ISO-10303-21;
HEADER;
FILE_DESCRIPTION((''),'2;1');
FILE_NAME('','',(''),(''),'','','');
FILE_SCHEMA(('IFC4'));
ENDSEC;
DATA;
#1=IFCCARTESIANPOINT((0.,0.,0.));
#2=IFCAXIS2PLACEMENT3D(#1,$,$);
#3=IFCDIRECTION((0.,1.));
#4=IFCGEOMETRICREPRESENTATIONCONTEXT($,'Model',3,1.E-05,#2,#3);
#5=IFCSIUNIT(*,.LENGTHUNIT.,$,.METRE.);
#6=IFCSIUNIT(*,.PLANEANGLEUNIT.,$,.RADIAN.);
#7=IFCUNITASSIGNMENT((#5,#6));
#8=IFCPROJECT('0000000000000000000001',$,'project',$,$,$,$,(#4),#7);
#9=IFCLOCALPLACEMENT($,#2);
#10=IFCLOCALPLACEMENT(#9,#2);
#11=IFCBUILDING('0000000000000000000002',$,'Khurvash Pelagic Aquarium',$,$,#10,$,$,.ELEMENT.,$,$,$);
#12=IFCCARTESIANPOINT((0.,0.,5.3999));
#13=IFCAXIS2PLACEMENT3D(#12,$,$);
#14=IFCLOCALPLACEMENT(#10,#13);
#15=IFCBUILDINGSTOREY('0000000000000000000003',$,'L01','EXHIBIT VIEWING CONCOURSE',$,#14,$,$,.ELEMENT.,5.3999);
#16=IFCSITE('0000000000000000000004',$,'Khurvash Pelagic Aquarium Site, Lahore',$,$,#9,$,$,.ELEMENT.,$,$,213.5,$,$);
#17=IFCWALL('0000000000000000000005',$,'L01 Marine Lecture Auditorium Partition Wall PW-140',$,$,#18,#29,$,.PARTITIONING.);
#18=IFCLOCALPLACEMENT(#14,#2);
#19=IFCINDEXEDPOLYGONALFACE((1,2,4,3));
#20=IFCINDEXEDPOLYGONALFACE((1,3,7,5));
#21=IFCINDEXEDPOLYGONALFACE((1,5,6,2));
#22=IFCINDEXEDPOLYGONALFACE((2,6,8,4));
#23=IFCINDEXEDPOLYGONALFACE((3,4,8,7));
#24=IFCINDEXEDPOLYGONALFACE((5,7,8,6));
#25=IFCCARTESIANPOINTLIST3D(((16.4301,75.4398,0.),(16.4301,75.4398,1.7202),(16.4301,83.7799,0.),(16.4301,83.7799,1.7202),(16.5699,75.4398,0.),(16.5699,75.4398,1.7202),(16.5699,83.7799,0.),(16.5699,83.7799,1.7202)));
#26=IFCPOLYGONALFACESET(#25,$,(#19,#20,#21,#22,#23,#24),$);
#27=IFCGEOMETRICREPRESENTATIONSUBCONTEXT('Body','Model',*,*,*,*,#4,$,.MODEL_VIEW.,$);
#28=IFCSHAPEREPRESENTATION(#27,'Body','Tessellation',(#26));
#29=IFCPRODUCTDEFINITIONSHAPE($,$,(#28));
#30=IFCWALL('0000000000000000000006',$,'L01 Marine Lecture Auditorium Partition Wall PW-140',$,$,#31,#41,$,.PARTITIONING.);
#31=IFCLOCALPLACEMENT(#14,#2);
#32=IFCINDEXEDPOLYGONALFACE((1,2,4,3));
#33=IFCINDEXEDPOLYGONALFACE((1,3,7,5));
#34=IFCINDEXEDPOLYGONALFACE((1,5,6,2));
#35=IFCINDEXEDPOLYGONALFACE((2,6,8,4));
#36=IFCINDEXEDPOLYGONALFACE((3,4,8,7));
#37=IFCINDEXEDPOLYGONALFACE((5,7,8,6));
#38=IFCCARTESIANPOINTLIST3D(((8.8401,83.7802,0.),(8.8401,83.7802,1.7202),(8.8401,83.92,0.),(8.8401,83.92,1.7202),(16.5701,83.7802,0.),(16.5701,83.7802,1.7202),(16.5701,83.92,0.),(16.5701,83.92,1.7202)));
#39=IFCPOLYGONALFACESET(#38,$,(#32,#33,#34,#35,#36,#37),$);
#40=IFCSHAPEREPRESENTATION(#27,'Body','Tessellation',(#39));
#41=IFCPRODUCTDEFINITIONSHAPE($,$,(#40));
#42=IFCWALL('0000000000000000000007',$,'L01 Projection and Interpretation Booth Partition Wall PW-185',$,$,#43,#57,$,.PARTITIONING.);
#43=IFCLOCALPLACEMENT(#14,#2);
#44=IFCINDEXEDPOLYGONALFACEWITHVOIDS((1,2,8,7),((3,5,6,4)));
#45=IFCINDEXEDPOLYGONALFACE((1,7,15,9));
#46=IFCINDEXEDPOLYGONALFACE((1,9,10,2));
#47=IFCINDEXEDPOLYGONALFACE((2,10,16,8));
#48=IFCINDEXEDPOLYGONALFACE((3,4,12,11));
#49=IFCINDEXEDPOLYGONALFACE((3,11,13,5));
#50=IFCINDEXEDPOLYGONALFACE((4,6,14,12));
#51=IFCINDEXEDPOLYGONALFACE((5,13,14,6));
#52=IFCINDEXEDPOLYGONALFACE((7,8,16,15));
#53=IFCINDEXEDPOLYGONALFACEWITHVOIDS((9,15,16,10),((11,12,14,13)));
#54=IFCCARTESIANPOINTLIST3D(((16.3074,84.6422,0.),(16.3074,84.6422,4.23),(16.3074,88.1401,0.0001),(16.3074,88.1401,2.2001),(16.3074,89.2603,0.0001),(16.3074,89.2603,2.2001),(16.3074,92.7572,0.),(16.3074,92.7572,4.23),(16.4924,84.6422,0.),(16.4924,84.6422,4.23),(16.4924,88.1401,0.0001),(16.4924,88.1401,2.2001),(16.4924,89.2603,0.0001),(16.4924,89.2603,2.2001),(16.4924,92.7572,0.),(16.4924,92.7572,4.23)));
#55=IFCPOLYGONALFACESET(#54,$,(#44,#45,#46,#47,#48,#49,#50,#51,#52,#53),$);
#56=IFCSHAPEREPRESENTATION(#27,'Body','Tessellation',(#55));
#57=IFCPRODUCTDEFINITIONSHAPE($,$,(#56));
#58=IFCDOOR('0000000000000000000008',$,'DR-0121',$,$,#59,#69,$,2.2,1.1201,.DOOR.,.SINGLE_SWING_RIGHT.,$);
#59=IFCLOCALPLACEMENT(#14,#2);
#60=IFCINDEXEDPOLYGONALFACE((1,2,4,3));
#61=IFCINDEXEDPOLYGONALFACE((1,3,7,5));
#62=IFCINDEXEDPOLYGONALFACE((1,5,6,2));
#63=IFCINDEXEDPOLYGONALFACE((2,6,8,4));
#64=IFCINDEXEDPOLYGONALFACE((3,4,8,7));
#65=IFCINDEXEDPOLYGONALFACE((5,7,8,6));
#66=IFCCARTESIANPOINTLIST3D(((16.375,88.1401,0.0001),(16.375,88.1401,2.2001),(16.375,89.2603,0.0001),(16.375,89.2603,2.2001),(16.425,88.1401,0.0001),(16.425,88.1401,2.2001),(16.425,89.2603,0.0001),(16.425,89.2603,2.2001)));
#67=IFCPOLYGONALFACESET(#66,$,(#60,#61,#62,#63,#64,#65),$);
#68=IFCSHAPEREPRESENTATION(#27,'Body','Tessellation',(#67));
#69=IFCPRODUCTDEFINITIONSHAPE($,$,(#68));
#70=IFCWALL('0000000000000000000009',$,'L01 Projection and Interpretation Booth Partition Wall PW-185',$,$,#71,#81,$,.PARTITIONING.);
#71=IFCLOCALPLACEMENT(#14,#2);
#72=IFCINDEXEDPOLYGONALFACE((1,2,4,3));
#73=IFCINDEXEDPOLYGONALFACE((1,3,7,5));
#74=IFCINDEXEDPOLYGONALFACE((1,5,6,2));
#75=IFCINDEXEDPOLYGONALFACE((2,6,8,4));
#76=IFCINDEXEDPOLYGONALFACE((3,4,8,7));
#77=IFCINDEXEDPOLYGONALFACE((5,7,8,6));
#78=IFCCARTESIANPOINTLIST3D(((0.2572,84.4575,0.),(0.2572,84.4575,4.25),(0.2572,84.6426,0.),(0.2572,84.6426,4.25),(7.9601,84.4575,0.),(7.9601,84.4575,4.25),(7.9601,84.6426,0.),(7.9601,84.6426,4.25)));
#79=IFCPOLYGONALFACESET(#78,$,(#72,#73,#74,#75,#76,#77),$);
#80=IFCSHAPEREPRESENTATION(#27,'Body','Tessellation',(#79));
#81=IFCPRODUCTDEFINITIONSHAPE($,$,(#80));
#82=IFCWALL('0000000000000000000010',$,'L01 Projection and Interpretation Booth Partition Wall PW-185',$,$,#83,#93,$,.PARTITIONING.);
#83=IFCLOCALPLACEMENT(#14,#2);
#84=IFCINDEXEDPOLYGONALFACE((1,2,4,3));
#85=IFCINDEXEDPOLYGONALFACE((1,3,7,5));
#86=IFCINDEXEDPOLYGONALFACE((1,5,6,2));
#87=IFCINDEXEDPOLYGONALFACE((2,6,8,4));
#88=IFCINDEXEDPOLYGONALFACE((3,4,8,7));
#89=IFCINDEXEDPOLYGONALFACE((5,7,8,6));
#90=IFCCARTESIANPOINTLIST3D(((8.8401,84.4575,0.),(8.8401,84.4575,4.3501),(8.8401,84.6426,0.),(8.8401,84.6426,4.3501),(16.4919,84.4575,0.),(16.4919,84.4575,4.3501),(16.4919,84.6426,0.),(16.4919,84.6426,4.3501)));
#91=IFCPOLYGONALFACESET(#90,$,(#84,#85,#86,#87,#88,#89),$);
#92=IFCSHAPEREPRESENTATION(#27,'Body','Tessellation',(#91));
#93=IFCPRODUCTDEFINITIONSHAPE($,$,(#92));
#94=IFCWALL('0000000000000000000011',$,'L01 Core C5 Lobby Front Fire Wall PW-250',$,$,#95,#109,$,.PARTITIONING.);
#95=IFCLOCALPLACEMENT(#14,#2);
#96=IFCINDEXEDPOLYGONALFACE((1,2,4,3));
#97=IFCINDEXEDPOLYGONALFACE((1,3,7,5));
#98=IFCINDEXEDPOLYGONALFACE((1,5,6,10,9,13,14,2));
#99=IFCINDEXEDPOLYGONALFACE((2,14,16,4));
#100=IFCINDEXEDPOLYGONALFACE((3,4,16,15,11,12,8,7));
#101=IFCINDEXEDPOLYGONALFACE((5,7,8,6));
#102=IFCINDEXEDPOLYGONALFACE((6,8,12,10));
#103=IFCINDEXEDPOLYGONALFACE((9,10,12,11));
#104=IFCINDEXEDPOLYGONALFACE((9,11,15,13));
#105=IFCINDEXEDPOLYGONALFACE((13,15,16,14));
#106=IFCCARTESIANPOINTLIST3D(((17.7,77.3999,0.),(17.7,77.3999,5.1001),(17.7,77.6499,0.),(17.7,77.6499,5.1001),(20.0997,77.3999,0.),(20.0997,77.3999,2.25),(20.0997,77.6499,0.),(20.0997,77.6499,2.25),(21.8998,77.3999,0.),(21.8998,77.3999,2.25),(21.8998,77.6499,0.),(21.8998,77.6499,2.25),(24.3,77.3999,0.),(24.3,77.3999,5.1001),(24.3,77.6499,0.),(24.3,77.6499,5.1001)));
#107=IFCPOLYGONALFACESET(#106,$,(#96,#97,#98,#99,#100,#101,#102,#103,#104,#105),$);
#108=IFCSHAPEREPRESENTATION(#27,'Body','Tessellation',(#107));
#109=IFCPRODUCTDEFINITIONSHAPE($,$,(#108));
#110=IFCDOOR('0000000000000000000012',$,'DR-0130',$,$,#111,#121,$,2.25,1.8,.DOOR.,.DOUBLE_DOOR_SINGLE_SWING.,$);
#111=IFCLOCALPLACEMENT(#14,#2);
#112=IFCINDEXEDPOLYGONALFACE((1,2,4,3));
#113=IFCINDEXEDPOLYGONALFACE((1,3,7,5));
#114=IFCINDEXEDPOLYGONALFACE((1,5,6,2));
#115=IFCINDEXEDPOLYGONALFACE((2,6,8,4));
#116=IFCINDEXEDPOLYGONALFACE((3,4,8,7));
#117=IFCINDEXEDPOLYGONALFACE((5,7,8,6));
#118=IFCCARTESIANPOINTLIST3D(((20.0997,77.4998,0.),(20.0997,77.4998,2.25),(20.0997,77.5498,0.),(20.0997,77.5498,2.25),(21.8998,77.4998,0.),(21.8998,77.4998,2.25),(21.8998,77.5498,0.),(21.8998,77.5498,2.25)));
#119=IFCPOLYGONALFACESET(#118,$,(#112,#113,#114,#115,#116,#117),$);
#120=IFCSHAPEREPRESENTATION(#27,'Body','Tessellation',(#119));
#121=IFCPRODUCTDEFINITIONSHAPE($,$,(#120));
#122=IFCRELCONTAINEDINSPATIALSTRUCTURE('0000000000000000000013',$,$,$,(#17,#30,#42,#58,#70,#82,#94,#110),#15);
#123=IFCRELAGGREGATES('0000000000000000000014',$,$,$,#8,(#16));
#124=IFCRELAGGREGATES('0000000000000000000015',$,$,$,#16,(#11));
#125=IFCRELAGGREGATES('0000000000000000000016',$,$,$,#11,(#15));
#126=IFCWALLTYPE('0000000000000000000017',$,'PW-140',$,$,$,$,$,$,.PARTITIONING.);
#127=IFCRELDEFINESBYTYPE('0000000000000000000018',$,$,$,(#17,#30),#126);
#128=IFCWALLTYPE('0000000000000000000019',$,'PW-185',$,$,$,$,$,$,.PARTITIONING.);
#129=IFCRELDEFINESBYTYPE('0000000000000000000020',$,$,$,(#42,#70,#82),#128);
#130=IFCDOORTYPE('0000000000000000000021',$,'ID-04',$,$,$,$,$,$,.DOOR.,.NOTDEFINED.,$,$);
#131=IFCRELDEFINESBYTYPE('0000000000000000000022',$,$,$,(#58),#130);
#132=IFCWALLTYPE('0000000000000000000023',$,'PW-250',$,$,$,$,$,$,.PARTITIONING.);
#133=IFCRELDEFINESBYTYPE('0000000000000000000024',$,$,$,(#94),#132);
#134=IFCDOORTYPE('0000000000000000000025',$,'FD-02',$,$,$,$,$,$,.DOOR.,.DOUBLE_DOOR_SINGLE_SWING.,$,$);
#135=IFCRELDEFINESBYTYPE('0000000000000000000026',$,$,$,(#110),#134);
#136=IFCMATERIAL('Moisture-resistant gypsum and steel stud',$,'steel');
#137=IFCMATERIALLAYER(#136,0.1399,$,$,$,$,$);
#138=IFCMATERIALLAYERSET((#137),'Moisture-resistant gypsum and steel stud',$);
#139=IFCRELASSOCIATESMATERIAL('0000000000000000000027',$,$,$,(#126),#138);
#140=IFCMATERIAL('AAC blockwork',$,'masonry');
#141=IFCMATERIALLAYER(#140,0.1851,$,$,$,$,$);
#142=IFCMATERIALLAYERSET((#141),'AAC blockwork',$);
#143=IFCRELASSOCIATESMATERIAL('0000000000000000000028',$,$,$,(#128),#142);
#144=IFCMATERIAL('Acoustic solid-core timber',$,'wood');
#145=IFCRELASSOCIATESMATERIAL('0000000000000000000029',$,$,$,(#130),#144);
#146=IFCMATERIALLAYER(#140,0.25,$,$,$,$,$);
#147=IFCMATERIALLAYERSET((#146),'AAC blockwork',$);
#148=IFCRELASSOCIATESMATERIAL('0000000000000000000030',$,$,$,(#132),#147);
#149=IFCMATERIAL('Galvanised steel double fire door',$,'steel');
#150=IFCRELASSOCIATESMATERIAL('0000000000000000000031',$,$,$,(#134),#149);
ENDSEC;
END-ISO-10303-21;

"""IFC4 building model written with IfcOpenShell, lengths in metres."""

from ifc_helpers import new_model, si_unit, direction, frame, frame_2d, origin, place, context, subcontext, project, spatial, rectangle, extrude, material, layer, layer_set, type_object, element, fill, save


model = new_model("IFC4")

# Units and contexts
model_context = context("Model", 3, precision=1e-05, world=origin(), true_north=direction((0.0, 1.0)))
body_context = subcontext(model_context, "Body", "Model", "MODEL_VIEW")
ifc_project = project(units=[si_unit("LENGTHUNIT", "METRE"), si_unit("PLANEANGLEUNIT", "RADIAN")], contexts=[model_context])

# Site, building, storey
site_placement = place(None, origin())
site = spatial("IfcSite", under=ifc_project, at=site_placement, Name="Khurvash Pelagic Aquarium Site, Lahore", CompositionType="ELEMENT", RefElevation=213.5)
building_placement = place(site_placement, origin())
building = spatial("IfcBuilding", under=site, at=building_placement, Name="Khurvash Pelagic Aquarium", CompositionType="ELEMENT")
storey_placement = place(building_placement, frame((0.0, 0.0, 5.3999)))
storey = spatial("IfcBuildingStorey", under=building, at=storey_placement, Name="L01", Description="EXHIBIT VIEWING CONCOURSE", CompositionType="ELEMENT", Elevation=5.3999)

# Walls
ifc_material_1 = material(Name="Moisture-resistant gypsum and steel stud", Category="steel")
ifc_layer_1 = layer(ifc_material_1, 0.1399)
ifc_layer_set_1 = layer_set([ifc_layer_1], Name="Moisture-resistant gypsum and steel stud")
wall_type_1 = type_object("IfcWallType", Name="PW-140", PredefinedType="PARTITIONING", material=ifc_layer_set_1)
wall_1_placement = place(storey_placement, frame((16.5, 75.4399, 0.0), z_axis=(0.0, 0.0, 1.0), x_axis=(0.0, 1.0, 0.0)))
element("IfcWall", 1, at=wall_1_placement, inside=storey, type_object=wall_type_1, Name="L01 Marine Lecture Auditorium Partition Wall PW-140", PredefinedType="PARTITIONING", context=body_context, shape_type="SweptSolid", body=[
    extrude(rectangle(XDim=8.3401, YDim=0.1399, at=frame_2d((4.1699, 0.0))), origin(), (0.0, 0.0, 1.0), 1.7202),
])
wall_2_placement = place(storey_placement, frame((8.8401, 83.8501, 0.0), z_axis=(0.0, 0.0, 1.0), x_axis=(1.0, 0.0, 0.0)))
element("IfcWall", 2, at=wall_2_placement, inside=storey, type_object=wall_type_1, Name="L01 Marine Lecture Auditorium Partition Wall PW-140", PredefinedType="PARTITIONING", context=body_context, shape_type="SweptSolid", body=[
    extrude(rectangle(XDim=7.73, YDim=0.1399, at=frame_2d((3.865, 0.0))), origin(), (0.0, 0.0, 1.0), 1.7202),
])

# Wall, opening, door
ifc_material_2 = material(Name="AAC blockwork", Category="masonry")
ifc_layer_2 = layer(ifc_material_2, 0.1851)
ifc_layer_set_2 = layer_set([ifc_layer_2], Name="AAC blockwork")
wall_type_2 = type_object("IfcWallType", Name="PW-185", PredefinedType="PARTITIONING", material=ifc_layer_set_2)
wall_3_placement = place(storey_placement, frame((16.3999, 84.6421, 0.0), z_axis=(0.0, 0.0, 1.0), x_axis=(0.0, 1.0, 0.0)))
wall_3 = element("IfcWall", 3, at=wall_3_placement, inside=storey, type_object=wall_type_2, Name="L01 Projection and Interpretation Booth Partition Wall PW-185", PredefinedType="PARTITIONING", context=body_context, shape_type="SweptSolid", body=[
    extrude(rectangle(XDim=8.115, YDim=0.1851, at=frame_2d((4.0576, 0.0))), origin(), (0.0, 0.0, 1.0), 4.23),
])
opening_1_placement = place(wall_3_placement, frame((3.498, 0.0, 0.0)))
opening_1 = element("IfcOpeningElement", 4, at=opening_1_placement, cuts=wall_3, PredefinedType="OPENING", context=body_context, shape_type="SweptSolid", body=[
    extrude(rectangle(XDim=1.1201, YDim=2.2, at=frame_2d((0.5601, 1.1001))), frame((0.0, 0.1025, 0.0), z_axis=(0.0, -1.0, 0.0), x_axis=(1.0, 0.0, 0.0)), (0.0, 0.0, 1.0), 0.2051),
])
ifc_material_3 = material(Name="Acoustic solid-core timber", Category="wood")
door_type_1 = type_object("IfcDoorType", Name="ID-04", OperationType="NOTDEFINED", PredefinedType="DOOR", material=ifc_material_3)
door_1_placement = place(opening_1_placement, origin())
door_1 = element("IfcDoor", 5, at=door_1_placement, inside=storey, type_object=door_type_1, Name="DR-0121", OperationType="SINGLE_SWING_RIGHT", OverallHeight=2.2, OverallWidth=1.1201, PredefinedType="DOOR", context=body_context, shape_type="SweptSolid", body=[
    extrude(rectangle(XDim=1.1201, YDim=2.2, at=frame_2d((0.5601, 1.1001))), frame((0.0, 0.0249, 0.0), z_axis=(0.0, -1.0, 0.0), x_axis=(1.0, 0.0, 0.0)), (0.0, 0.0, 1.0), 0.05),
])
fill(opening_1, door_1)

# Walls
wall_4_placement = place(storey_placement, frame((0.2571, 84.55, 0.0), z_axis=(0.0, 0.0, 1.0), x_axis=(1.0, 0.0, 0.0)))
element("IfcWall", 6, at=wall_4_placement, inside=storey, type_object=wall_type_2, Name="L01 Projection and Interpretation Booth Partition Wall PW-185", PredefinedType="PARTITIONING", context=body_context, shape_type="SweptSolid", body=[
    extrude(rectangle(XDim=7.7029, YDim=0.1851, at=frame_2d((3.8516, 0.0))), origin(), (0.0, 0.0, 1.0), 4.25),
])
wall_5_placement = place(storey_placement, frame((8.8401, 84.55, 0.0), z_axis=(0.0, 0.0, 1.0), x_axis=(1.0, 0.0, 0.0)))
element("IfcWall", 7, at=wall_5_placement, inside=storey, type_object=wall_type_2, Name="L01 Projection and Interpretation Booth Partition Wall PW-185", PredefinedType="PARTITIONING", context=body_context, shape_type="SweptSolid", body=[
    extrude(rectangle(XDim=7.6519, YDim=0.1851, at=frame_2d((3.8259, 0.0))), origin(), (0.0, 0.0, 1.0), 4.3501),
])

# Wall, opening, door
ifc_layer_3 = layer(ifc_material_2, 0.25)
ifc_layer_set_3 = layer_set([ifc_layer_3], Name="AAC blockwork")
wall_type_3 = type_object("IfcWallType", Name="PW-250", PredefinedType="PARTITIONING", material=ifc_layer_set_3)
wall_6_placement = place(storey_placement, frame((17.7, 77.5249, 0.0), z_axis=(0.0, 0.0, 1.0), x_axis=(1.0, 0.0, 0.0)))
wall_6 = element("IfcWall", 8, at=wall_6_placement, inside=storey, type_object=wall_type_3, Name="L01 Core C5 Lobby Front Fire Wall PW-250", PredefinedType="PARTITIONING", context=body_context, shape_type="SweptSolid", body=[
    extrude(rectangle(XDim=6.6001, YDim=0.25, at=frame_2d((3.3, 0.0))), origin(), (0.0, 0.0, 1.0), 5.1001),
])
opening_2_placement = place(wall_6_placement, frame((2.3999, 0.0, 0.0)))
opening_2 = element("IfcOpeningElement", 9, at=opening_2_placement, cuts=wall_6, PredefinedType="OPENING", context=body_context, shape_type="SweptSolid", body=[
    extrude(rectangle(XDim=1.8, YDim=2.25, at=frame_2d((0.8999, 1.125))), frame((0.0, 0.135, 0.0), z_axis=(0.0, -1.0, 0.0), x_axis=(1.0, 0.0, 0.0)), (0.0, 0.0, 1.0), 0.27),
])
ifc_material_4 = material(Name="Galvanised steel double fire door", Category="steel")
door_type_2 = type_object("IfcDoorType", Name="FD-02", OperationType="DOUBLE_DOOR_SINGLE_SWING", PredefinedType="DOOR", material=ifc_material_4)
door_2_placement = place(opening_2_placement, origin())
door_2 = element("IfcDoor", 10, at=door_2_placement, inside=storey, type_object=door_type_2, Name="DR-0130", OperationType="DOUBLE_DOOR_SINGLE_SWING", OverallHeight=2.25, OverallWidth=1.8, PredefinedType="DOOR", context=body_context, shape_type="SweptSolid", body=[
    extrude(rectangle(XDim=1.8, YDim=2.25, at=frame_2d((0.8999, 1.125))), frame((0.0, 0.0249, 0.0), z_axis=(0.0, -1.0, 0.0), x_axis=(1.0, 0.0, 0.0)), (0.0, 0.0, 1.0), 0.05),
])
fill(opening_2, door_2)

save(model, "model.ifc")
